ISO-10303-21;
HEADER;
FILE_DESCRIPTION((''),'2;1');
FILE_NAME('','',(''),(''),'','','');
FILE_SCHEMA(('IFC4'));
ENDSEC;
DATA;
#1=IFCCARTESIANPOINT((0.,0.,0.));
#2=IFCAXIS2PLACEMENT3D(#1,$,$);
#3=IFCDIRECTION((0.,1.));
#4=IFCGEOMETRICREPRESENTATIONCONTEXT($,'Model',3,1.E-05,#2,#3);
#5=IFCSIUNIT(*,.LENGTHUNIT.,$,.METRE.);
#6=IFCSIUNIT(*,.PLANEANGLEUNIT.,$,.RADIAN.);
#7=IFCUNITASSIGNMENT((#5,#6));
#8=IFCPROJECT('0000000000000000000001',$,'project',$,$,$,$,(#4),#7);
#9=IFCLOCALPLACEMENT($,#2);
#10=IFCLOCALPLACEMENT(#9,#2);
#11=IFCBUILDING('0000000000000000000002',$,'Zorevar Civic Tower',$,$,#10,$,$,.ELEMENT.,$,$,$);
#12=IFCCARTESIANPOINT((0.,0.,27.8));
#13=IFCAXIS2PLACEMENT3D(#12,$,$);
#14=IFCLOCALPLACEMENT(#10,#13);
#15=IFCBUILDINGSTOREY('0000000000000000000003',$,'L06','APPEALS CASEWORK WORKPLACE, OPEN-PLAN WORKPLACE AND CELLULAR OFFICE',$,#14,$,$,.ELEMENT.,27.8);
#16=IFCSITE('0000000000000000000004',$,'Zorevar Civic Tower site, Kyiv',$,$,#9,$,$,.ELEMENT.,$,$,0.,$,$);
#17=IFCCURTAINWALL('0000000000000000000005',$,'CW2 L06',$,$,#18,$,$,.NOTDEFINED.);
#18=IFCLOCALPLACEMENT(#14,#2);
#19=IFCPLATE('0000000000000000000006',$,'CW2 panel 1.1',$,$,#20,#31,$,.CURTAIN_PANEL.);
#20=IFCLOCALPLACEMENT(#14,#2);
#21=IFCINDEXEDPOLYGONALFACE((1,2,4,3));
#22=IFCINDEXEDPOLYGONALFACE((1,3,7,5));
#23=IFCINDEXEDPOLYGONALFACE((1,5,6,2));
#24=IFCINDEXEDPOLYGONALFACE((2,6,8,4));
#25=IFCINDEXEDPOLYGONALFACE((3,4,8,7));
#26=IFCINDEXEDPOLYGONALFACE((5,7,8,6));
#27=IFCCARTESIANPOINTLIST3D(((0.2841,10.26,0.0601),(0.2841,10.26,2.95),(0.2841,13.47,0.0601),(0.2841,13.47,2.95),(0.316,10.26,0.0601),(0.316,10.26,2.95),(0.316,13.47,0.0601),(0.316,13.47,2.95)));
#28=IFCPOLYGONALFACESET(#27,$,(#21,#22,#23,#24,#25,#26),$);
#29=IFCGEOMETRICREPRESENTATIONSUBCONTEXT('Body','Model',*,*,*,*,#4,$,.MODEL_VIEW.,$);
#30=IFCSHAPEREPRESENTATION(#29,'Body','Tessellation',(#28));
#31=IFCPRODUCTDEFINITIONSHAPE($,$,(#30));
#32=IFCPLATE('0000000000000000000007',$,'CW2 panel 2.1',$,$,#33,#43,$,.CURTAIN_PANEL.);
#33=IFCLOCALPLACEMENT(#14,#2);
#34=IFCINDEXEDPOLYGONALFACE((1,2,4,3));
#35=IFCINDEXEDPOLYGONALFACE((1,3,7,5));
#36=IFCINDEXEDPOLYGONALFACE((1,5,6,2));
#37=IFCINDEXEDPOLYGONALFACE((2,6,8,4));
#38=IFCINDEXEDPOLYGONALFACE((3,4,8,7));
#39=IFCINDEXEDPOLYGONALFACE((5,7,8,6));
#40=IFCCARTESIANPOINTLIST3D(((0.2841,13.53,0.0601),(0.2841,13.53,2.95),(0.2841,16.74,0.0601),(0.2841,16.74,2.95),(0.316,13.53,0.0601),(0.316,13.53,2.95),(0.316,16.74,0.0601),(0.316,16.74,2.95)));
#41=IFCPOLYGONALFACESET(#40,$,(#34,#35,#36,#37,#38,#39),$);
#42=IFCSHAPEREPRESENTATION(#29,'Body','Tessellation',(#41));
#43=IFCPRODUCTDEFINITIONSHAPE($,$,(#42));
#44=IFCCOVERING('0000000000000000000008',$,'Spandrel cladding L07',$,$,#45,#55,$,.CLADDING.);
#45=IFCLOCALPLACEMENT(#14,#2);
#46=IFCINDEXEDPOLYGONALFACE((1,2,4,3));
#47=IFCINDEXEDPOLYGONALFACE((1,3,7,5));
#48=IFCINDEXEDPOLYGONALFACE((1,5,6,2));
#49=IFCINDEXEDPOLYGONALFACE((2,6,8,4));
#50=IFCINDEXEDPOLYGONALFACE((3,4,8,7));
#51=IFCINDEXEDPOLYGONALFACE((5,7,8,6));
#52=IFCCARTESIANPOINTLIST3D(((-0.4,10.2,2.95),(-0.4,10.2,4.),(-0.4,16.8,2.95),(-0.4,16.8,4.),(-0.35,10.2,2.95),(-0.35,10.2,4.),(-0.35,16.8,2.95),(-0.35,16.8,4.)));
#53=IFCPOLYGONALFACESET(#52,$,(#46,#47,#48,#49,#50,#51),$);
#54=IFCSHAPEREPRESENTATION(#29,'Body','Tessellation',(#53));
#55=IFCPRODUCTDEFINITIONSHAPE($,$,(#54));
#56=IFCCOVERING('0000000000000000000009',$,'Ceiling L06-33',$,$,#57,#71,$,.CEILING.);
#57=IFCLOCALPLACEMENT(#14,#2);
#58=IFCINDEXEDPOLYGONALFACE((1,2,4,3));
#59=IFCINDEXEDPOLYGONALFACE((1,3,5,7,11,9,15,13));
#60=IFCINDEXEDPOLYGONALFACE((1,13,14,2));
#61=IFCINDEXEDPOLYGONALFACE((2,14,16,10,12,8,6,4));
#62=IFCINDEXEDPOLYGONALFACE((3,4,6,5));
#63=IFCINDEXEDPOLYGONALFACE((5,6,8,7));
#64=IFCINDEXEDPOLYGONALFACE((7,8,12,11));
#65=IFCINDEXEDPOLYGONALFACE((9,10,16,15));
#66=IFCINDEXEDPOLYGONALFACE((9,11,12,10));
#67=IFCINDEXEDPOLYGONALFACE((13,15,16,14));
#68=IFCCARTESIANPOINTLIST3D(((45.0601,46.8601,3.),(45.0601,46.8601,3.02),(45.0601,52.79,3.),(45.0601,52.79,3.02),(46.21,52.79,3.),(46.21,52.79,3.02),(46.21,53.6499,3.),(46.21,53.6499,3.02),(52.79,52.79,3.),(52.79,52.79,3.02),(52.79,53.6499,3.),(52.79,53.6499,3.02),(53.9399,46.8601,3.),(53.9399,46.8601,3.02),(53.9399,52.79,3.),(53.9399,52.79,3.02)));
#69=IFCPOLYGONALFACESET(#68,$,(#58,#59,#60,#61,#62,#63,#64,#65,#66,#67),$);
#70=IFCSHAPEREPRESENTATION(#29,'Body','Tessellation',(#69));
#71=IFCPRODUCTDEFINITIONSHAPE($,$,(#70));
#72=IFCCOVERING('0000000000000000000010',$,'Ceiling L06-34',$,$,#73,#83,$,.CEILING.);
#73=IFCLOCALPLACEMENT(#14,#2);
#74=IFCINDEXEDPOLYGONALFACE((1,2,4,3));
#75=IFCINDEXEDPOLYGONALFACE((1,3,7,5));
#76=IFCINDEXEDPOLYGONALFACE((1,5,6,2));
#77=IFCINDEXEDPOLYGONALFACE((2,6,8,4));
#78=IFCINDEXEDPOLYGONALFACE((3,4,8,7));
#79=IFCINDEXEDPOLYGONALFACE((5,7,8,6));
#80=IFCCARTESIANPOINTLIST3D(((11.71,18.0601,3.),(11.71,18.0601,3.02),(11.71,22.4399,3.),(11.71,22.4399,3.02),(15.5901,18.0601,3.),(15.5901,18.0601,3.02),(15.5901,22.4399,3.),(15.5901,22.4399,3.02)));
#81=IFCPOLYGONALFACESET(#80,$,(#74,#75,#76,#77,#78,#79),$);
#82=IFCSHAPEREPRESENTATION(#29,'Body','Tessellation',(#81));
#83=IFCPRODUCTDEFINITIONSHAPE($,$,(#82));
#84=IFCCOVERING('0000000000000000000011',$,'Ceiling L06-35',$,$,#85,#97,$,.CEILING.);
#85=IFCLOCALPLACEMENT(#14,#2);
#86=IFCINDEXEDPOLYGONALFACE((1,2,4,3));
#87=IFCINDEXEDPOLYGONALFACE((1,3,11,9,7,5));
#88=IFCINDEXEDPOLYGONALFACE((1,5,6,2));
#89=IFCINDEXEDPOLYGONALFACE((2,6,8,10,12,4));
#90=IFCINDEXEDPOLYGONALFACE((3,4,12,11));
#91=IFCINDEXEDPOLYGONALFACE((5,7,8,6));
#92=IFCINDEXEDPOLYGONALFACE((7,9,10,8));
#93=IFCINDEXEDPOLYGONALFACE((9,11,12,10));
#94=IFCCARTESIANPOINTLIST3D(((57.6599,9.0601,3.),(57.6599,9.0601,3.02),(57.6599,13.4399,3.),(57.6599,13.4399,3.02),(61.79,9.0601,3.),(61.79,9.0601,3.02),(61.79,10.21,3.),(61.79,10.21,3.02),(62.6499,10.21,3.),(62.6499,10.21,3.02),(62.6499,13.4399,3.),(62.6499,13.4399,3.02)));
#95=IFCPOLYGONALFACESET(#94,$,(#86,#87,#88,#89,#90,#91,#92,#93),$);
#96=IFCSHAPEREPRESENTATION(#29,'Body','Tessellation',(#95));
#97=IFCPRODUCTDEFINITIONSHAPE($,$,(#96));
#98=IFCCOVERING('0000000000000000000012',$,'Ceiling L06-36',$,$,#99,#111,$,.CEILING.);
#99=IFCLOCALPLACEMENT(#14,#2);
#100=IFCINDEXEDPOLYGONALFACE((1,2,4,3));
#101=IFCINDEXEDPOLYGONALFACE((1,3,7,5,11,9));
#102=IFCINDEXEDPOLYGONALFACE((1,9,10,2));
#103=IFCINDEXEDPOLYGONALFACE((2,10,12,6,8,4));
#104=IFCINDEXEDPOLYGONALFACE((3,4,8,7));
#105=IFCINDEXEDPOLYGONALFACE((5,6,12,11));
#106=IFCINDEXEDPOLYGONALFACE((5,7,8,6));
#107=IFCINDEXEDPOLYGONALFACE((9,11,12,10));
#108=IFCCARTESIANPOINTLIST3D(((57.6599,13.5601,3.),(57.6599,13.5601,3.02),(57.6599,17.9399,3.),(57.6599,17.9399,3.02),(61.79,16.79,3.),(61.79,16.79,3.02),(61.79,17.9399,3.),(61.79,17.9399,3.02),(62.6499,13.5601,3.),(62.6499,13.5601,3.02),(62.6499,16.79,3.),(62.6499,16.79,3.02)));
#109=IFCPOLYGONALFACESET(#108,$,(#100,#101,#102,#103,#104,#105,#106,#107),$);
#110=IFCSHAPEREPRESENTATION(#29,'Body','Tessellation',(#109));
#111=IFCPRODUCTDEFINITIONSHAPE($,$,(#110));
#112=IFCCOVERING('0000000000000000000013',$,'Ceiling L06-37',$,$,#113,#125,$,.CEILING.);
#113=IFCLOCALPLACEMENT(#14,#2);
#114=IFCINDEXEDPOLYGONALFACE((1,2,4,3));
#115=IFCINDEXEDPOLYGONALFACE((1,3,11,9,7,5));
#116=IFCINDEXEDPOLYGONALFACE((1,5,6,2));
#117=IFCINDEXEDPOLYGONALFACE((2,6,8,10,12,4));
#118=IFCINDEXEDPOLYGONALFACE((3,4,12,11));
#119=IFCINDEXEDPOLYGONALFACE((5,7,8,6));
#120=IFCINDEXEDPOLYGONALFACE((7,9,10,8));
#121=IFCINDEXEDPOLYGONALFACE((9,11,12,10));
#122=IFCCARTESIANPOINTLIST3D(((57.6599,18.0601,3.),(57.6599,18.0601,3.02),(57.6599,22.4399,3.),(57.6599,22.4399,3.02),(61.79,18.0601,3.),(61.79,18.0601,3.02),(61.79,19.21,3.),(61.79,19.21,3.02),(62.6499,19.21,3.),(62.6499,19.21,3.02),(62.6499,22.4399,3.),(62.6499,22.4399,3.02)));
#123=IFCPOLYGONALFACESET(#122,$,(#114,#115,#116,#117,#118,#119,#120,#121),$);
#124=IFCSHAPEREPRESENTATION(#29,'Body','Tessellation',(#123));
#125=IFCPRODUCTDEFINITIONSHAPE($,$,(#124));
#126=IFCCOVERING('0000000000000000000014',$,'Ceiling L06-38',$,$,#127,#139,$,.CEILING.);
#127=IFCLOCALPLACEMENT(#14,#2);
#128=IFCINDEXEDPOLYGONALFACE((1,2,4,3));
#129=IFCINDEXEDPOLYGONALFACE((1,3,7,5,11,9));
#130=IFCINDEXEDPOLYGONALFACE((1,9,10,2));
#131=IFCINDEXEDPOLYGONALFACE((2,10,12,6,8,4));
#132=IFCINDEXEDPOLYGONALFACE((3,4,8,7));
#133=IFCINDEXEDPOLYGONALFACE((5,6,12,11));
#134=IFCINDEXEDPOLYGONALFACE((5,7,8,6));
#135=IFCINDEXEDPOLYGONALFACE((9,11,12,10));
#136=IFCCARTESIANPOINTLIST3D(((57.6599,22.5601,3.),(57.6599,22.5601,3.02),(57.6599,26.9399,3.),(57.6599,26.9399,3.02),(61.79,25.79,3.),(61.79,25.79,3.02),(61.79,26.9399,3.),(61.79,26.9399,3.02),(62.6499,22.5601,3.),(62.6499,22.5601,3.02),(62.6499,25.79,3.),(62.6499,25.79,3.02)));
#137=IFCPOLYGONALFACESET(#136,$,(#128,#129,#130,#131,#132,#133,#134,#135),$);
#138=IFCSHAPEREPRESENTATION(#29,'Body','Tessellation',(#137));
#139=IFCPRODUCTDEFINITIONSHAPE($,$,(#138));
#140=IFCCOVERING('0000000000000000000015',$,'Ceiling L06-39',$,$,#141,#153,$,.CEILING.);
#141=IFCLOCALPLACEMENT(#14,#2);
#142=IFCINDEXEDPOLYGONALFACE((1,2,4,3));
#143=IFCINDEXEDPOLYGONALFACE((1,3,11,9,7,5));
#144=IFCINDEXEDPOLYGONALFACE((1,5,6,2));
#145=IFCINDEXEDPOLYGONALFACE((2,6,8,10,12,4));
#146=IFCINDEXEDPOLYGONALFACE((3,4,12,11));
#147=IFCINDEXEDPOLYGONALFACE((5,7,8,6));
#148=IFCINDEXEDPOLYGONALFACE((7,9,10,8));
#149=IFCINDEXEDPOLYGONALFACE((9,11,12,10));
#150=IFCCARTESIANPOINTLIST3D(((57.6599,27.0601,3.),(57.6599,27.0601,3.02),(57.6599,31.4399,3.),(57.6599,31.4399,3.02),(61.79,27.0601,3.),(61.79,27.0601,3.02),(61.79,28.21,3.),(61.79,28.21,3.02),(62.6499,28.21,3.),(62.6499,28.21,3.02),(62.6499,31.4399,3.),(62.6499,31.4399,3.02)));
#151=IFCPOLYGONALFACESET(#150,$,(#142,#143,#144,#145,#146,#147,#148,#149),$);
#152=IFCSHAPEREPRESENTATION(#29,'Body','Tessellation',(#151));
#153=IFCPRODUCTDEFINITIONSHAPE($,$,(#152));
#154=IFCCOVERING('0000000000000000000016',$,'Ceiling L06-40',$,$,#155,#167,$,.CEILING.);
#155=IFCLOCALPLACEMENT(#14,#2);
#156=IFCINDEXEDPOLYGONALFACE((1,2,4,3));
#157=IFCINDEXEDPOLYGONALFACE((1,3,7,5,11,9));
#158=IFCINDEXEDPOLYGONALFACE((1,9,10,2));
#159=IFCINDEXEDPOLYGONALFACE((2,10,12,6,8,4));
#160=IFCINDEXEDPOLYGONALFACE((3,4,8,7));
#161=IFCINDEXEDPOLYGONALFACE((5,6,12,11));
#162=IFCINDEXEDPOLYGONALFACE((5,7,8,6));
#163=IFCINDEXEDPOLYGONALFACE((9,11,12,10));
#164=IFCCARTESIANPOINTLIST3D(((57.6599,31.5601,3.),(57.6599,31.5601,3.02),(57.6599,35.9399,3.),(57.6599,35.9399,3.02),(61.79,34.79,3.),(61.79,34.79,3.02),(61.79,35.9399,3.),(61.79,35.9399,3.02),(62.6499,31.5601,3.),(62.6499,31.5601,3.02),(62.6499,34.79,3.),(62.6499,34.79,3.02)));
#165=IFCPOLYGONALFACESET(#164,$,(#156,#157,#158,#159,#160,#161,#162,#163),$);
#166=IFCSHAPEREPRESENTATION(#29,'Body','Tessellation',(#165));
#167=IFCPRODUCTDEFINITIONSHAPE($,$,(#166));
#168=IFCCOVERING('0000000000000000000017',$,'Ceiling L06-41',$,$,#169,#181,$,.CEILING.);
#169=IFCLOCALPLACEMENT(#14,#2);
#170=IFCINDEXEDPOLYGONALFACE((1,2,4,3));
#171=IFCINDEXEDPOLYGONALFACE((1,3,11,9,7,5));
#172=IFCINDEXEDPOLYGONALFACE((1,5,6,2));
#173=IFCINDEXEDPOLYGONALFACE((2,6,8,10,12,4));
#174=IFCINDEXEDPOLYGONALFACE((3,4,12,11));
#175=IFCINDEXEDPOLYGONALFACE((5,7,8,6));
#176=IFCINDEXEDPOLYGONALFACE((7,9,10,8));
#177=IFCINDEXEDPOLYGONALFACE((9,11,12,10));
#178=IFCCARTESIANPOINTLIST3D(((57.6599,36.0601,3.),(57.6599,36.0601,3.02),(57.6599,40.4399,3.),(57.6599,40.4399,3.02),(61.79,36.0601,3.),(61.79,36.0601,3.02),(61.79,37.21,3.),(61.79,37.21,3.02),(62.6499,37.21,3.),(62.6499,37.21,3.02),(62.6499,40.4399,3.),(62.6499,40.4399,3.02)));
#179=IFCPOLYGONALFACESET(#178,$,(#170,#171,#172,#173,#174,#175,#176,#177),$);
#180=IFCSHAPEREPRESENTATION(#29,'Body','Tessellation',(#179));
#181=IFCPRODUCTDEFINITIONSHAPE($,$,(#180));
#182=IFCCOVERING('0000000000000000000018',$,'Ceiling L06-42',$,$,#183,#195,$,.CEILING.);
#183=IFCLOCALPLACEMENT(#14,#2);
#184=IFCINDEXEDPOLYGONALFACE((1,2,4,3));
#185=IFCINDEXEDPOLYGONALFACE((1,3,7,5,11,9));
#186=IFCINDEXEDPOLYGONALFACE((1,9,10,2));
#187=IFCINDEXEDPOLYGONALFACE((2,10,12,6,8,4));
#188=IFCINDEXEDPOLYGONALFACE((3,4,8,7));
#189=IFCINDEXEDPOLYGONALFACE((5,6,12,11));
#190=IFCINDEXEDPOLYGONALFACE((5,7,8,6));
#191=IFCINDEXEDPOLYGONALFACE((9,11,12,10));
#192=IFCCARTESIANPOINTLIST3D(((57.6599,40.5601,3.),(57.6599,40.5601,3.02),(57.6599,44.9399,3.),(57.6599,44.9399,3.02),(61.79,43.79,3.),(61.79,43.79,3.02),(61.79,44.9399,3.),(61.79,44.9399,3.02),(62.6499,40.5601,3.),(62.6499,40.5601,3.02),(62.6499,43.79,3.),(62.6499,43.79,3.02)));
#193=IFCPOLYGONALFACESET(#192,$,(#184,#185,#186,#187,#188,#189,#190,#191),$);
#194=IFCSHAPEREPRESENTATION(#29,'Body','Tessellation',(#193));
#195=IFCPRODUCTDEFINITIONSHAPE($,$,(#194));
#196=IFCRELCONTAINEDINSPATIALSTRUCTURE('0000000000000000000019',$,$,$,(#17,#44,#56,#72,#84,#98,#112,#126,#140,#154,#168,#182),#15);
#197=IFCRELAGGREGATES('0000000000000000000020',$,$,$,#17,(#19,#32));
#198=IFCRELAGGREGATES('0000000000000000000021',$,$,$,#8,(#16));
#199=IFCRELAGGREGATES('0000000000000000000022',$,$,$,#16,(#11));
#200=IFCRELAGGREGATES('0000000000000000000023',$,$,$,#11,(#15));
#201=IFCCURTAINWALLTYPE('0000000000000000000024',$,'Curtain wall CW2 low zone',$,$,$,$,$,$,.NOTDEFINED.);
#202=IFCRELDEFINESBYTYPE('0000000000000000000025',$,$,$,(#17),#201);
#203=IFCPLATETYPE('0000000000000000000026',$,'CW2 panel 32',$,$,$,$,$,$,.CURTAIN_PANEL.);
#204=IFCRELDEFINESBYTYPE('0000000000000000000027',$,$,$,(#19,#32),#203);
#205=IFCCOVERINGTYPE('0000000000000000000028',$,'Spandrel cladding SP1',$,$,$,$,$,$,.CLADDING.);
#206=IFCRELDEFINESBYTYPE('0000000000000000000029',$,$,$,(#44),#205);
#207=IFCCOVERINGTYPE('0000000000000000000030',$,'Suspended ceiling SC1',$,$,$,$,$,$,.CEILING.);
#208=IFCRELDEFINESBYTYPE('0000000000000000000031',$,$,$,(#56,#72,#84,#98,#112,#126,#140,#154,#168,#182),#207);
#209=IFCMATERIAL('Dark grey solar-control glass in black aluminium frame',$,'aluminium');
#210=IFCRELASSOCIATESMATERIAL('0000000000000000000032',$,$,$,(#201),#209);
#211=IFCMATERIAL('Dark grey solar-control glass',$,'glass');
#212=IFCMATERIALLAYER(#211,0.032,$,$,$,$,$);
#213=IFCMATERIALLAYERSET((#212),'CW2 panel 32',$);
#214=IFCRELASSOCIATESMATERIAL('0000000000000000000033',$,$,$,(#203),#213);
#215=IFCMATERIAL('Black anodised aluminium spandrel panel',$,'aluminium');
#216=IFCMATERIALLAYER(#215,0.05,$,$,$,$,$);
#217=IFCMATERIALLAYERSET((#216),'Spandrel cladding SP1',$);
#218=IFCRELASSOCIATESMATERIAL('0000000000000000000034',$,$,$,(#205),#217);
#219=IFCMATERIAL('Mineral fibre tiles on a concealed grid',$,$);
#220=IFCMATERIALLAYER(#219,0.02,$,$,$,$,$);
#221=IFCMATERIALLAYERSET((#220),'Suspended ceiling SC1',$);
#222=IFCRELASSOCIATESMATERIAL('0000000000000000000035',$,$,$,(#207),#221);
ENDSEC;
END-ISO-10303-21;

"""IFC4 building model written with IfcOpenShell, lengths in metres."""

from ifc_helpers import new_model, si_unit, direction, frame, frame_2d, origin, origin_2d, place, context, subcontext, project, spatial, polyline, rectangle, outline, extrude, material, layer, layer_set, type_object, element, aggregate, save


model = new_model("IFC4")

# Units and contexts
model_context = context("Model", 3, precision=1e-05, world=origin(), true_north=direction((0.0, 1.0)))
body_context = subcontext(model_context, "Body", "Model", "MODEL_VIEW")
ifc_project = project(units=[si_unit("LENGTHUNIT", "METRE"), si_unit("PLANEANGLEUNIT", "RADIAN")], contexts=[model_context])

# Site, building, storey
site_placement = place(None, origin())
site = spatial("IfcSite", under=ifc_project, at=site_placement, Name="Zorevar Civic Tower site, Kyiv", CompositionType="ELEMENT", RefElevation=0.0)
building_placement = place(site_placement, origin())
building = spatial("IfcBuilding", under=site, at=building_placement, Name="Zorevar Civic Tower", CompositionType="ELEMENT")
storey_placement = place(building_placement, frame((0.0, 0.0, 27.8)))
storey = spatial("IfcBuildingStorey", under=building, at=storey_placement, Name="L06", Description="APPEALS CASEWORK WORKPLACE, OPEN-PLAN WORKPLACE AND CELLULAR OFFICE", CompositionType="ELEMENT", Elevation=27.8)

# Curtain wall
ifc_material_1 = material(Name="Dark grey solar-control glass in black aluminium frame", Category="aluminium")
curtain_wall_type = type_object("IfcCurtainWallType", Name="Curtain wall CW2 low zone", PredefinedType="NOTDEFINED", material=ifc_material_1)
curtain_wall_1_placement = place(storey_placement, origin())
curtain_wall_1 = element("IfcCurtainWall", 1, at=curtain_wall_1_placement, inside=storey, type_object=curtain_wall_type, Name="CW2 L06", PredefinedType="NOTDEFINED")

# Plates
ifc_material_2 = material(Name="Dark grey solar-control glass", Category="glass")
ifc_layer_1 = layer(ifc_material_2, 0.032)
ifc_layer_set_1 = layer_set([ifc_layer_1], Name="CW2 panel 32")
plate_type = type_object("IfcPlateType", Name="CW2 panel 32", PredefinedType="CURTAIN_PANEL", material=ifc_layer_set_1)
plate_1_placement = place(storey_placement, frame((0.3, 11.865, 0.0601), z_axis=(0.0, 0.0, 1.0), x_axis=(0.0, 1.0, 0.0)))
plate_1 = element("IfcPlate", 2, at=plate_1_placement, type_object=plate_type, Name="CW2 panel 1.1", PredefinedType="CURTAIN_PANEL", context=body_context, shape_type="SweptSolid", body=[
    extrude(rectangle(XDim=3.21, YDim=0.032, at=origin_2d()), origin(), (0.0, 0.0, 1.0), 2.8899),
])
plate_2_placement = place(storey_placement, frame((0.3, 15.135, 0.0601), z_axis=(0.0, 0.0, 1.0), x_axis=(0.0, 1.0, 0.0)))
plate_2 = element("IfcPlate", 3, at=plate_2_placement, type_object=plate_type, Name="CW2 panel 2.1", PredefinedType="CURTAIN_PANEL", context=body_context, shape_type="SweptSolid", body=[
    extrude(rectangle(XDim=3.21, YDim=0.032, at=origin_2d()), origin(), (0.0, 0.0, 1.0), 2.8899),
])
aggregate(curtain_wall_1, [plate_1, plate_2])

# Coverings
ifc_material_3 = material(Name="Black anodised aluminium spandrel panel", Category="aluminium")
ifc_layer_2 = layer(ifc_material_3, 0.05)
ifc_layer_set_2 = layer_set([ifc_layer_2], Name="Spandrel cladding SP1")
covering_type_1 = type_object("IfcCoveringType", Name="Spandrel cladding SP1", PredefinedType="CLADDING", material=ifc_layer_set_2)
covering_1_placement = place(storey_placement, frame((-0.375, 10.2, 2.95), z_axis=(0.0, 0.0, 1.0), x_axis=(0.0, 1.0, 0.0)))
element("IfcCovering", 4, at=covering_1_placement, inside=storey, type_object=covering_type_1, Name="Spandrel cladding L07", PredefinedType="CLADDING", context=body_context, shape_type="SweptSolid", body=[
    extrude(rectangle(XDim=6.6001, YDim=0.05, at=frame_2d((3.3, 0.0))), origin(), (0.0, 0.0, 1.0), 1.05),
])
ifc_material_4 = material(Name="Mineral fibre tiles on a concealed grid")
ifc_layer_3 = layer(ifc_material_4, 0.02)
ifc_layer_set_3 = layer_set([ifc_layer_3], Name="Suspended ceiling SC1")
covering_type_2 = type_object("IfcCoveringType", Name="Suspended ceiling SC1", PredefinedType="CEILING", material=ifc_layer_set_3)
covering_2_placement = place(storey_placement, frame((0.0, 0.0, 3.0)))
element("IfcCovering", 5, at=covering_2_placement, inside=storey, type_object=covering_type_2, Name="Ceiling L06-33", PredefinedType="CEILING", context=body_context, shape_type="SweptSolid", body=[
    extrude(outline(polyline([(46.21, 52.79), (46.21, 53.6499), (52.79, 53.6499), (52.79, 52.79), (53.9399, 52.79), (53.9399, 46.8601), (45.0601, 46.8601), (45.0601, 52.79), (46.21, 52.79)])), origin(), (0.0, 0.0, 1.0), 0.02),
])
covering_3_placement = place(storey_placement, frame((0.0, 0.0, 3.0)))
element("IfcCovering", 6, at=covering_3_placement, inside=storey, type_object=covering_type_2, Name="Ceiling L06-34", PredefinedType="CEILING", context=body_context, shape_type="SweptSolid", body=[
    extrude(outline(polyline([(11.71, 18.0601), (11.71, 22.4399), (15.5901, 22.4399), (15.5901, 18.0601), (11.71, 18.0601)])), origin(), (0.0, 0.0, 1.0), 0.02),
])
covering_4_placement = place(storey_placement, frame((0.0, 0.0, 3.0)))
element("IfcCovering", 7, at=covering_4_placement, inside=storey, type_object=covering_type_2, Name="Ceiling L06-35", PredefinedType="CEILING", context=body_context, shape_type="SweptSolid", body=[
    extrude(outline(polyline([(57.6599, 13.4399), (62.6499, 13.4399), (62.6499, 10.21), (61.79, 10.21), (61.79, 9.0601), (57.6599, 9.0601), (57.6599, 13.4399)])), origin(), (0.0, 0.0, 1.0), 0.02),
])
covering_5_placement = place(storey_placement, frame((0.0, 0.0, 3.0)))
element("IfcCovering", 8, at=covering_5_placement, inside=storey, type_object=covering_type_2, Name="Ceiling L06-36", PredefinedType="CEILING", context=body_context, shape_type="SweptSolid", body=[
    extrude(outline(polyline([(57.6599, 17.9399), (61.79, 17.9399), (61.79, 16.79), (62.6499, 16.79), (62.6499, 13.5601), (57.6599, 13.5601), (57.6599, 17.9399)])), origin(), (0.0, 0.0, 1.0), 0.02),
])
covering_6_placement = place(storey_placement, frame((0.0, 0.0, 3.0)))
element("IfcCovering", 9, at=covering_6_placement, inside=storey, type_object=covering_type_2, Name="Ceiling L06-37", PredefinedType="CEILING", context=body_context, shape_type="SweptSolid", body=[
    extrude(outline(polyline([(57.6599, 22.4399), (62.6499, 22.4399), (62.6499, 19.21), (61.79, 19.21), (61.79, 18.0601), (57.6599, 18.0601), (57.6599, 22.4399)])), origin(), (0.0, 0.0, 1.0), 0.02),
])
covering_7_placement = place(storey_placement, frame((0.0, 0.0, 3.0)))
element("IfcCovering", 10, at=covering_7_placement, inside=storey, type_object=covering_type_2, Name="Ceiling L06-38", PredefinedType="CEILING", context=body_context, shape_type="SweptSolid", body=[
    extrude(outline(polyline([(57.6599, 26.9399), (61.79, 26.9399), (61.79, 25.79), (62.6499, 25.79), (62.6499, 22.5601), (57.6599, 22.5601), (57.6599, 26.9399)])), origin(), (0.0, 0.0, 1.0), 0.02),
])
covering_8_placement = place(storey_placement, frame((0.0, 0.0, 3.0)))
element("IfcCovering", 11, at=covering_8_placement, inside=storey, type_object=covering_type_2, Name="Ceiling L06-39", PredefinedType="CEILING", context=body_context, shape_type="SweptSolid", body=[
    extrude(outline(polyline([(57.6599, 31.4399), (62.6499, 31.4399), (62.6499, 28.21), (61.79, 28.21), (61.79, 27.0601), (57.6599, 27.0601), (57.6599, 31.4399)])), origin(), (0.0, 0.0, 1.0), 0.02),
])
covering_9_placement = place(storey_placement, frame((0.0, 0.0, 3.0)))
element("IfcCovering", 12, at=covering_9_placement, inside=storey, type_object=covering_type_2, Name="Ceiling L06-40", PredefinedType="CEILING", context=body_context, shape_type="SweptSolid", body=[
    extrude(outline(polyline([(57.6599, 35.9399), (61.79, 35.9399), (61.79, 34.79), (62.6499, 34.79), (62.6499, 31.5601), (57.6599, 31.5601), (57.6599, 35.9399)])), origin(), (0.0, 0.0, 1.0), 0.02),
])
covering_10_placement = place(storey_placement, frame((0.0, 0.0, 3.0)))
element("IfcCovering", 13, at=covering_10_placement, inside=storey, type_object=covering_type_2, Name="Ceiling L06-41", PredefinedType="CEILING", context=body_context, shape_type="SweptSolid", body=[
    extrude(outline(polyline([(57.6599, 40.4399), (62.6499, 40.4399), (62.6499, 37.21), (61.79, 37.21), (61.79, 36.0601), (57.6599, 36.0601), (57.6599, 40.4399)])), origin(), (0.0, 0.0, 1.0), 0.02),
])
covering_11_placement = place(storey_placement, frame((0.0, 0.0, 3.0)))
element("IfcCovering", 14, at=covering_11_placement, inside=storey, type_object=covering_type_2, Name="Ceiling L06-42", PredefinedType="CEILING", context=body_context, shape_type="SweptSolid", body=[
    extrude(outline(polyline([(57.6599, 44.9399), (61.79, 44.9399), (61.79, 43.79), (62.6499, 43.79), (62.6499, 40.5601), (57.6599, 40.5601), (57.6599, 44.9399)])), origin(), (0.0, 0.0, 1.0), 0.02),
])

save(model, "model.ifc")
